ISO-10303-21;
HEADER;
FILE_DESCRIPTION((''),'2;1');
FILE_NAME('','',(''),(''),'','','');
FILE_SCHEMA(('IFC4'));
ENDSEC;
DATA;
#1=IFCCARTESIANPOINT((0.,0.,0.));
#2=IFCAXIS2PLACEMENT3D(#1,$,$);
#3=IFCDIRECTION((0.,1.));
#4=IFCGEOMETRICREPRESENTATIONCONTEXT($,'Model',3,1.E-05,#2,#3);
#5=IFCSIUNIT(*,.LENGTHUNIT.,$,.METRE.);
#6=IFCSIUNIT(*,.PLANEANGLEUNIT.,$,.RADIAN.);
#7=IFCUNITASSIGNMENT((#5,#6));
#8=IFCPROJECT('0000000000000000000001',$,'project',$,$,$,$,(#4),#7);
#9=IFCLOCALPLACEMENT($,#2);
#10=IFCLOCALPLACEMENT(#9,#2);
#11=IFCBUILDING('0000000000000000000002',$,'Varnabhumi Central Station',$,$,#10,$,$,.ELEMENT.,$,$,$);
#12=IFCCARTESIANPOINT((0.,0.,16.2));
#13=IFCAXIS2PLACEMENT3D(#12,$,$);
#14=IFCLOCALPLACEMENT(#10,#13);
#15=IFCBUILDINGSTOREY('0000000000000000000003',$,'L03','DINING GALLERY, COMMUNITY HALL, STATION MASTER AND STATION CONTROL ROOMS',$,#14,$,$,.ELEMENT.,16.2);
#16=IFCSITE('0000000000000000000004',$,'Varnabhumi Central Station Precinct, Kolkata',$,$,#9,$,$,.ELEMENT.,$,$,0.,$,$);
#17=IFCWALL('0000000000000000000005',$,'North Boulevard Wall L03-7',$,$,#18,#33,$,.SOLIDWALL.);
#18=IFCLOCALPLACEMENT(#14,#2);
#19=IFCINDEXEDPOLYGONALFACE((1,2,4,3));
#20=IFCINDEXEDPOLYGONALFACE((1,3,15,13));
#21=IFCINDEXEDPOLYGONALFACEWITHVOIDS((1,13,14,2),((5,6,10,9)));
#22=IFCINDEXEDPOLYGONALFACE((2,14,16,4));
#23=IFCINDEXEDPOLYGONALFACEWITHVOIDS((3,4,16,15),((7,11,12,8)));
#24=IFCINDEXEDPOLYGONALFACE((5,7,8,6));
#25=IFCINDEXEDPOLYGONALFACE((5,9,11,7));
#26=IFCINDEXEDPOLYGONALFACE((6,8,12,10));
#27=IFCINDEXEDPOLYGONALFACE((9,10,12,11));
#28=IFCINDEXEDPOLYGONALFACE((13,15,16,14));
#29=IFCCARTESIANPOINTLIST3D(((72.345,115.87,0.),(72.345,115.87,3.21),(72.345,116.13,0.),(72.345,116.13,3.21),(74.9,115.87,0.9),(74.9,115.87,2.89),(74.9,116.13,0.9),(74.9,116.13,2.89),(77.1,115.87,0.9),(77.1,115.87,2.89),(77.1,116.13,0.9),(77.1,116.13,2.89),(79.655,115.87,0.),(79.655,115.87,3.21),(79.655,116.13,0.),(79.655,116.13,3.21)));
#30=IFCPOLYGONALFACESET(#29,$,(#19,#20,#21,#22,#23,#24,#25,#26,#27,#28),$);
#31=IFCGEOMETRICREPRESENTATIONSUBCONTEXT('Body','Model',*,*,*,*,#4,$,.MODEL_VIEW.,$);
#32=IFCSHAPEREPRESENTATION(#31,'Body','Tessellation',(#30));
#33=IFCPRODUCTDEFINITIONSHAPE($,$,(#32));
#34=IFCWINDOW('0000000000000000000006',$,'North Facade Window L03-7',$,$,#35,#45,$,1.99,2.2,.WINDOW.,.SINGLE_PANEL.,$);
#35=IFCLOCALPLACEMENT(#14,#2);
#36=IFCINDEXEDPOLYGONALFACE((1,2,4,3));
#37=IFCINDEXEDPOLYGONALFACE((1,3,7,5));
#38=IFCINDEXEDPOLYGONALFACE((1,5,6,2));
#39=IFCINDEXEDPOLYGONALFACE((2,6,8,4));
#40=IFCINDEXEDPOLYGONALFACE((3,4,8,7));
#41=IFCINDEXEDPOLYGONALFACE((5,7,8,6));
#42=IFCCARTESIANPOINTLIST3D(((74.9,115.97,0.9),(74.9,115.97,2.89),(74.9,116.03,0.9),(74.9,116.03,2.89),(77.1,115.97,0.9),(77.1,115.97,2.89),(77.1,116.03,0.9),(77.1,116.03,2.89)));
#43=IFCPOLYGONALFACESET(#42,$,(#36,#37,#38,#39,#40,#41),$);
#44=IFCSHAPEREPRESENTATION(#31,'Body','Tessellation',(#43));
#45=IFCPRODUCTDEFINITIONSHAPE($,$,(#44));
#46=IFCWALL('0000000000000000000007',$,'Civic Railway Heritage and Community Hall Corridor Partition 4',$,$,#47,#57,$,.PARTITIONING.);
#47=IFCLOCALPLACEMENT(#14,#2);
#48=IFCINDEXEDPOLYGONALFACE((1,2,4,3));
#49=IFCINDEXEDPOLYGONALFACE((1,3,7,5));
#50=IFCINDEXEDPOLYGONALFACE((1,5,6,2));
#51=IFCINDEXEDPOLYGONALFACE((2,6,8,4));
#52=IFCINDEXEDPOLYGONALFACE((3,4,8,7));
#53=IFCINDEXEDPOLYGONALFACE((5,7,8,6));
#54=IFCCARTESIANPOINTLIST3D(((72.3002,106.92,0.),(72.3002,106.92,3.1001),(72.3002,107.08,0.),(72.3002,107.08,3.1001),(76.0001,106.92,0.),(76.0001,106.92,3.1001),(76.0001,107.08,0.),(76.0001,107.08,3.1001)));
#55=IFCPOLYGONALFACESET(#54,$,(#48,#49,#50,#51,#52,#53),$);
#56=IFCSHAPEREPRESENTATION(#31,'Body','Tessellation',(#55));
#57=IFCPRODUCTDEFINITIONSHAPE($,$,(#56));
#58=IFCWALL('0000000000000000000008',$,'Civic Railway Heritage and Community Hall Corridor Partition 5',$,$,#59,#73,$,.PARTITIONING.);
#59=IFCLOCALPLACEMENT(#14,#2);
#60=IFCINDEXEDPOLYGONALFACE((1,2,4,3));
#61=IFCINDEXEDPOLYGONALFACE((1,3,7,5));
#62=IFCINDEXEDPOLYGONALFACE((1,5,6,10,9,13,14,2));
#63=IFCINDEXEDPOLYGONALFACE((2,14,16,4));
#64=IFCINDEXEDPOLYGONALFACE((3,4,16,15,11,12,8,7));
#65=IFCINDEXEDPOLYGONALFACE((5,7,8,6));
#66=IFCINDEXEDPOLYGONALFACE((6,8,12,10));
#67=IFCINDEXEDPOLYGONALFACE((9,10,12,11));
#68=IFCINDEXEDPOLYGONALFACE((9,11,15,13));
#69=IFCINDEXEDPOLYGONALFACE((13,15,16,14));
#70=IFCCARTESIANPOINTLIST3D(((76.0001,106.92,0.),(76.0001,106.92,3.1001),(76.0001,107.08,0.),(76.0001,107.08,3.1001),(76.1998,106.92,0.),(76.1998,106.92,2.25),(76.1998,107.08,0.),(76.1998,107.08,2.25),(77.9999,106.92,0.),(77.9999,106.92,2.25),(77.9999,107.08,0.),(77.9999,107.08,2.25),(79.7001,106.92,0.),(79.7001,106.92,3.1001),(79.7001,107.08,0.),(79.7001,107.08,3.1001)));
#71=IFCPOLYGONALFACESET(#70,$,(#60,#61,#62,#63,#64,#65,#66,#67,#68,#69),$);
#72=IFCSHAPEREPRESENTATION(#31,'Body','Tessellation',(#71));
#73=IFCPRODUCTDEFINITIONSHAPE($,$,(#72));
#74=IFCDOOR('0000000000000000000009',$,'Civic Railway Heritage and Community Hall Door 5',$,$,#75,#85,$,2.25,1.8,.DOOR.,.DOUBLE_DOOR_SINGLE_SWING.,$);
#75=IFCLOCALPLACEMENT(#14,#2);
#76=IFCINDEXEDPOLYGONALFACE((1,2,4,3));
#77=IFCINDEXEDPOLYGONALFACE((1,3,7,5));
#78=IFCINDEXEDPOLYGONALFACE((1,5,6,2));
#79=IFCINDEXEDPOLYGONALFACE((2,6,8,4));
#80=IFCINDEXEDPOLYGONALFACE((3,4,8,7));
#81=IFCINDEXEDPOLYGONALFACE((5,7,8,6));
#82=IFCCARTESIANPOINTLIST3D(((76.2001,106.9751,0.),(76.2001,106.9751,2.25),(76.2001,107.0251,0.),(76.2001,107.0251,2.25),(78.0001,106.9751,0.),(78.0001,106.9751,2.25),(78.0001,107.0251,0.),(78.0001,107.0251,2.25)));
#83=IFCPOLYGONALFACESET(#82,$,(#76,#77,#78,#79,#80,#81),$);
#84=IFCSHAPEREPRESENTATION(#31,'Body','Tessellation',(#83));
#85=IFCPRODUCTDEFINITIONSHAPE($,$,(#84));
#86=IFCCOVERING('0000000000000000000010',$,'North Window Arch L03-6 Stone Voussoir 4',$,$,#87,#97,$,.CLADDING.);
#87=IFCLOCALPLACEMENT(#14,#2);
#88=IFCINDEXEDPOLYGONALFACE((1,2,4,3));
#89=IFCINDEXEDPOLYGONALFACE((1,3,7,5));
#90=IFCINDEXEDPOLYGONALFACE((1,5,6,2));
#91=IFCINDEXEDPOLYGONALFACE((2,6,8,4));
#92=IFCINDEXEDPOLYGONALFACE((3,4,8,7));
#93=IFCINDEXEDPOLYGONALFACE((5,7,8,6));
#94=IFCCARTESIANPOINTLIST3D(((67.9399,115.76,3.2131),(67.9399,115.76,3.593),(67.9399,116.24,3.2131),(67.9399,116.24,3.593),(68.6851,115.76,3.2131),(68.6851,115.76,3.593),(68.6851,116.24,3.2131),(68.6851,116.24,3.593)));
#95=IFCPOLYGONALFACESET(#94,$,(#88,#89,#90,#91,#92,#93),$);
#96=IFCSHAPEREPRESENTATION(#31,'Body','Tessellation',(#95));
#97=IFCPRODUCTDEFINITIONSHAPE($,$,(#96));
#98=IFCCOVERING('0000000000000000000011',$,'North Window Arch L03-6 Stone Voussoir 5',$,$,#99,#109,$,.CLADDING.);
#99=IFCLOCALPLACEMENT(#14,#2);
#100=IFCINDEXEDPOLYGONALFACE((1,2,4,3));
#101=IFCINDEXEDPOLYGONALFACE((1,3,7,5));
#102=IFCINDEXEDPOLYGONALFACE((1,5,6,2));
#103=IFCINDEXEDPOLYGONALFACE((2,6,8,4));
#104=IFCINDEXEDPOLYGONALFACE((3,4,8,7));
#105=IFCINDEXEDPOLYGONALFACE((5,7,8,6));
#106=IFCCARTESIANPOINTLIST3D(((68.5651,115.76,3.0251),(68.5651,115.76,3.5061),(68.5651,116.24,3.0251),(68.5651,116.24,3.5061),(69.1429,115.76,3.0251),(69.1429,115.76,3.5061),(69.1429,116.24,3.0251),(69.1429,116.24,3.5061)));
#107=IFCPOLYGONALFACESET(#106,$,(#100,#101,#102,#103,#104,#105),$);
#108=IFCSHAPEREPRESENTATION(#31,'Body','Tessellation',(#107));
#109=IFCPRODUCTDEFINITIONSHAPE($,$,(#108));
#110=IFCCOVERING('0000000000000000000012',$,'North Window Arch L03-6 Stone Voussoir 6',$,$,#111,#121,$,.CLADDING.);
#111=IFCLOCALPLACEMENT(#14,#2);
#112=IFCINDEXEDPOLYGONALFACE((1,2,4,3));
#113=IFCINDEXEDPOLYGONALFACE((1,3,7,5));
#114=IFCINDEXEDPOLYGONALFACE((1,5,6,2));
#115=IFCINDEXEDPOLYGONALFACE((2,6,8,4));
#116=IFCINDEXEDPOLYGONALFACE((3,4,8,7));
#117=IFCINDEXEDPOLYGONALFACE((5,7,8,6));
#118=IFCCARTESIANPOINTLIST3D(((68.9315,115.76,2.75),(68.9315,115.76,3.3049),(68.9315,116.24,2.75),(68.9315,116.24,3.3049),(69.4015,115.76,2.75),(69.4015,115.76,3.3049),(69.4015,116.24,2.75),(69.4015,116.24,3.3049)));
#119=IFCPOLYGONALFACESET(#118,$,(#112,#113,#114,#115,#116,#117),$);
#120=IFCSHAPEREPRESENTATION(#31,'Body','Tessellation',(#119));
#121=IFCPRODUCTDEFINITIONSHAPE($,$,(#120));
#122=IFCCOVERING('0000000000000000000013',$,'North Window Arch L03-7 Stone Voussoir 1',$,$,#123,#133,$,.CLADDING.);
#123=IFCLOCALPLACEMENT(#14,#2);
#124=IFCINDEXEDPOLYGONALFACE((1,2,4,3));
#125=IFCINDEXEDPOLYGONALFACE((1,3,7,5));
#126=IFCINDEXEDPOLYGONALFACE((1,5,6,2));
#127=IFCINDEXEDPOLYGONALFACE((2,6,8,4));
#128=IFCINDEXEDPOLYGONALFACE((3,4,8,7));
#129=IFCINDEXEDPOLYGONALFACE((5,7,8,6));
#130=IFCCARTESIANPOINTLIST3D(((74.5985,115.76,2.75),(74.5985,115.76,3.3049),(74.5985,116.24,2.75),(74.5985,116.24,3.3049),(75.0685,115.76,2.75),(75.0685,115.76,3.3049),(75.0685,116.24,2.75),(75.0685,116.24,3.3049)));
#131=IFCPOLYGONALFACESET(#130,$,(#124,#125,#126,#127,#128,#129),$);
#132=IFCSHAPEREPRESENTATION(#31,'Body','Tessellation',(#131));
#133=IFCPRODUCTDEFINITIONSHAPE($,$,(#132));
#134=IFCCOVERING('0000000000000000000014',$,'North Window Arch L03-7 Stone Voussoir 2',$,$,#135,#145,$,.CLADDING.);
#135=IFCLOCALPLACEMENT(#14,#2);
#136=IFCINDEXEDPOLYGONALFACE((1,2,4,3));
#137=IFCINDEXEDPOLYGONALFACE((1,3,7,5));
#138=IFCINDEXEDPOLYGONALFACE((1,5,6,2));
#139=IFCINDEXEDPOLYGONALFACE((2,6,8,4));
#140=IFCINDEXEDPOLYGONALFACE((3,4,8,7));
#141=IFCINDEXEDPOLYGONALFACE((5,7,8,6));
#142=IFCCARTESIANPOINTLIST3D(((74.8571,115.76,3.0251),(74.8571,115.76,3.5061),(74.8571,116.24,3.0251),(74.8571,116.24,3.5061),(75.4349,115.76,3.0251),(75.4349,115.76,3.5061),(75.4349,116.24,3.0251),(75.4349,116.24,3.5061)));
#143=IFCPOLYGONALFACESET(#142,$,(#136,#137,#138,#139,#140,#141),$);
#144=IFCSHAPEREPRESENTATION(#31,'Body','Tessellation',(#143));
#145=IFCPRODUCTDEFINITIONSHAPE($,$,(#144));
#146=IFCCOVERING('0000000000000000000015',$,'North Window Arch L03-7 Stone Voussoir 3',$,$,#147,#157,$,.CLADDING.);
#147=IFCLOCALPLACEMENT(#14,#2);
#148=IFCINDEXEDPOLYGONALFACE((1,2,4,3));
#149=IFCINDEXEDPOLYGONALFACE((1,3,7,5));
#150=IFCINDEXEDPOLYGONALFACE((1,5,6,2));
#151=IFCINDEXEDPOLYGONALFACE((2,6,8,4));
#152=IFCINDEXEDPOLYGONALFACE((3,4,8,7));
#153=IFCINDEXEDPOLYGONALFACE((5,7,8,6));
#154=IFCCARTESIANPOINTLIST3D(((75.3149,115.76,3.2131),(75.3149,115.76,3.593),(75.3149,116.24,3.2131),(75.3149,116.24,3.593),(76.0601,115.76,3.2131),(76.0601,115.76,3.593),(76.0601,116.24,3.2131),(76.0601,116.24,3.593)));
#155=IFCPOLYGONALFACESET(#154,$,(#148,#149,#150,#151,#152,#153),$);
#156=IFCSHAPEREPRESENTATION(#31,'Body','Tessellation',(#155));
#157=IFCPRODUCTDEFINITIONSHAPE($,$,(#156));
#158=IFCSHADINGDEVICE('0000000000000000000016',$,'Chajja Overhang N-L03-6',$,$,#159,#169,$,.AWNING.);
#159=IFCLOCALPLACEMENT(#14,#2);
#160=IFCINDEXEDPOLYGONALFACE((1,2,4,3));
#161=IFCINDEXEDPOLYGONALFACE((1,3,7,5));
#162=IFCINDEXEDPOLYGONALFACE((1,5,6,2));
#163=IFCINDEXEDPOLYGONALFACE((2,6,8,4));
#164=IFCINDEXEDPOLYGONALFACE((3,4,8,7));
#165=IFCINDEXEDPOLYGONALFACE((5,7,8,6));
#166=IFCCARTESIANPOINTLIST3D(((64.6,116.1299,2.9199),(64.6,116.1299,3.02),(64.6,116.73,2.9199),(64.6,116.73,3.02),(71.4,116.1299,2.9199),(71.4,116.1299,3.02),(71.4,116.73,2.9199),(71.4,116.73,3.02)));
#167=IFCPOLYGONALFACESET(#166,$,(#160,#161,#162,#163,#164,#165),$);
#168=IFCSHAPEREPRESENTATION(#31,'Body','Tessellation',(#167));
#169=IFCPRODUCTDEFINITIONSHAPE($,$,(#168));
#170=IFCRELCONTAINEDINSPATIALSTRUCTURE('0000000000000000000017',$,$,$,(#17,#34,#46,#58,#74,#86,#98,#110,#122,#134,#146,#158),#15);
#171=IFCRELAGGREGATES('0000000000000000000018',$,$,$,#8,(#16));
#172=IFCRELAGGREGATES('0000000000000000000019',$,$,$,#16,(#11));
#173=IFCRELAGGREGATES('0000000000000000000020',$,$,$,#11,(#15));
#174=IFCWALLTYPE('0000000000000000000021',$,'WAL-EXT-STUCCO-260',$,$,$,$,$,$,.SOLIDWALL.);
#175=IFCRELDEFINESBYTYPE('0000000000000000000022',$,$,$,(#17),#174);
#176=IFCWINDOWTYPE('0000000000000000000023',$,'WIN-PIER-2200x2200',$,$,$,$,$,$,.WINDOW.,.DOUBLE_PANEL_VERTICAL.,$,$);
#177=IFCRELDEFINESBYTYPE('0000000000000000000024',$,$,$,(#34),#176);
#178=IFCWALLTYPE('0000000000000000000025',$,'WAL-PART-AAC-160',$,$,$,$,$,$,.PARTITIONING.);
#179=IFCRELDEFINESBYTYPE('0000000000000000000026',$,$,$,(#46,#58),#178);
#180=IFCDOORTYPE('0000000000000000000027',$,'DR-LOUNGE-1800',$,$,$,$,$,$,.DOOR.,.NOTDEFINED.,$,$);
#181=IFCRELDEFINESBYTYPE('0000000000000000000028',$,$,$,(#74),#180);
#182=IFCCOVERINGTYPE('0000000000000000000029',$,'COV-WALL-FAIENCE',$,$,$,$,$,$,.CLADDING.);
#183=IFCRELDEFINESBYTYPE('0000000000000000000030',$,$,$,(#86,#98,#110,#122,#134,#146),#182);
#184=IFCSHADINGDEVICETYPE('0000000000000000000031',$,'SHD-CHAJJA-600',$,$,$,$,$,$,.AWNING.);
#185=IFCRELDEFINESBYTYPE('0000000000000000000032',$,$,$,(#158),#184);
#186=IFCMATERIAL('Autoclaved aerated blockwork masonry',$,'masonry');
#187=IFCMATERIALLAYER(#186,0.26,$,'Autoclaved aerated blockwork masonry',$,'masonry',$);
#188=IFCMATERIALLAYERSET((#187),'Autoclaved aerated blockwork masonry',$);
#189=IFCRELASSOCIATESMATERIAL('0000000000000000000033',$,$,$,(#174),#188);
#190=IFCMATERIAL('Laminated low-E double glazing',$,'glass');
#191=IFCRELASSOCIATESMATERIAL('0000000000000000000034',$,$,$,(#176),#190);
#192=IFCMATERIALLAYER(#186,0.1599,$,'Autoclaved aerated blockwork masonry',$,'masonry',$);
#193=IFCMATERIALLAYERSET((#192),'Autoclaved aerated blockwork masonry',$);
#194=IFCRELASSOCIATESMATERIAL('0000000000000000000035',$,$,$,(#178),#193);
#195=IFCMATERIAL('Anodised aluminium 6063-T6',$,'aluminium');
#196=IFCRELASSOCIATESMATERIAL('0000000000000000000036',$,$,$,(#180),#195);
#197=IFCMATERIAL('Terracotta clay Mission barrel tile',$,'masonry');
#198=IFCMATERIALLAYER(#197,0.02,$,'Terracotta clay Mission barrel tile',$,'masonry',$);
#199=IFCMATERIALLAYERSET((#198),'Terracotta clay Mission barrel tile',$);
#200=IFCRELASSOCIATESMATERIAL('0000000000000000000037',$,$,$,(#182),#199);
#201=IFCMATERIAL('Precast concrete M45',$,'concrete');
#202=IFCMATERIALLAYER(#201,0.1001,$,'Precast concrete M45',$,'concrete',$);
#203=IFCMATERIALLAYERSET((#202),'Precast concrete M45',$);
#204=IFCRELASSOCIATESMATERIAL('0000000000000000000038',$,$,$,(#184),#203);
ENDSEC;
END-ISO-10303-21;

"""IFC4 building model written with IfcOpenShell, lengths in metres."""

from ifc_helpers import new_model, si_unit, direction, frame, frame_2d, origin, origin_2d, place, context, subcontext, project, spatial, rectangle, extrude, material, layer, layer_set, type_object, element, fill, save


model = new_model("IFC4")

# Units and contexts
model_context = context("Model", 3, precision=1e-05, world=origin(), true_north=direction((0.0, 1.0)))
body_context = subcontext(model_context, "Body", "Model", "MODEL_VIEW")
ifc_project = project(units=[si_unit("LENGTHUNIT", "METRE"), si_unit("PLANEANGLEUNIT", "RADIAN")], contexts=[model_context])

# Site, building, storey
site_placement = place(None, origin())
site = spatial("IfcSite", under=ifc_project, at=site_placement, Name="Varnabhumi Central Station Precinct, Kolkata", CompositionType="ELEMENT", RefElevation=0.0)
building_placement = place(site_placement, origin())
building = spatial("IfcBuilding", under=site, at=building_placement, Name="Varnabhumi Central Station", CompositionType="ELEMENT")
storey_placement = place(building_placement, frame((0.0, 0.0, 16.2)))
storey = spatial("IfcBuildingStorey", under=building, at=storey_placement, Name="L03", Description="DINING GALLERY, COMMUNITY HALL, STATION MASTER AND STATION CONTROL ROOMS", CompositionType="ELEMENT", Elevation=16.2)

# Shared definitions
ifc_material_1 = material(Name="Anodised aluminium 6063-T6", Category="aluminium")

# Shared definitions
ifc_material_2 = material(Name="Laminated low-E double glazing", Category="glass")

# Wall, opening, window
ifc_material_3 = material(Name="Autoclaved aerated blockwork masonry", Category="masonry")
ifc_layer_1 = layer(ifc_material_3, 0.26, Name="Autoclaved aerated blockwork masonry", Category="masonry")
ifc_layer_set_1 = layer_set([ifc_layer_1], Name="Autoclaved aerated blockwork masonry")
wall_type_1 = type_object("IfcWallType", Name="WAL-EXT-STUCCO-260", PredefinedType="SOLIDWALL", material=ifc_layer_set_1)
wall_1_placement = place(storey_placement, frame((72.345, 116.0, 0.0), z_axis=(0.0, 0.0, 1.0), x_axis=(1.0, 0.0, 0.0)))
wall_1 = element("IfcWall", 1, at=wall_1_placement, inside=storey, type_object=wall_type_1, Name="North Boulevard Wall L03-7", PredefinedType="SOLIDWALL", context=body_context, shape_type="SweptSolid", body=[
    extrude(rectangle(XDim=7.3101, YDim=0.26, at=frame_2d((3.655, 0.0))), origin(), (0.0, 0.0, 1.0), 3.21),
])
opening_1_placement = place(wall_1_placement, frame((2.5549, 0.0, 0.8999)))
opening_1 = element("IfcOpeningElement", 2, at=opening_1_placement, cuts=wall_1, PredefinedType="OPENING", context=body_context, shape_type="SweptSolid", body=[
    extrude(rectangle(XDim=2.2, YDim=1.99, at=frame_2d((1.1001, 0.9951))), frame((0.0, 0.1399, 0.0), z_axis=(0.0, -1.0, 0.0), x_axis=(1.0, 0.0, 0.0)), (0.0, 0.0, 1.0), 0.28),
])
window_type = type_object("IfcWindowType", Name="WIN-PIER-2200x2200", PartitioningType="DOUBLE_PANEL_VERTICAL", PredefinedType="WINDOW", material=ifc_material_2)
window_placement = place(opening_1_placement, origin())
window = element("IfcWindow", 3, at=window_placement, inside=storey, type_object=window_type, Name="North Facade Window L03-7", OverallHeight=1.99, OverallWidth=2.2, PartitioningType="SINGLE_PANEL", PredefinedType="WINDOW", context=body_context, shape_type="SweptSolid", body=[
    extrude(rectangle(XDim=2.2, YDim=1.99, at=frame_2d((1.1001, 0.9951))), frame((0.0, 0.03, 0.0), z_axis=(0.0, -1.0, 0.0), x_axis=(1.0, 0.0, 0.0)), (0.0, 0.0, 1.0), 0.0601),
])
fill(opening_1, window)

# Wall
ifc_layer_2 = layer(ifc_material_3, 0.1599, Name="Autoclaved aerated blockwork masonry", Category="masonry")
ifc_layer_set_2 = layer_set([ifc_layer_2], Name="Autoclaved aerated blockwork masonry")
wall_type_2 = type_object("IfcWallType", Name="WAL-PART-AAC-160", PredefinedType="PARTITIONING", material=ifc_layer_set_2)
wall_2_placement = place(storey_placement, frame((72.3, 107.0, 0.0), z_axis=(0.0, 0.0, 1.0), x_axis=(1.0, 0.0, 0.0)))
element("IfcWall", 4, at=wall_2_placement, inside=storey, type_object=wall_type_2, Name="Civic Railway Heritage and Community Hall Corridor Partition 4", PredefinedType="PARTITIONING", context=body_context, shape_type="SweptSolid", body=[
    extrude(rectangle(XDim=3.7, YDim=0.1599, at=frame_2d((1.8501, 0.0))), origin(), (0.0, 0.0, 1.0), 3.1001),
])

# Wall, opening, door
wall_3_placement = place(storey_placement, frame((76.0, 107.0, 0.0), z_axis=(0.0, 0.0, 1.0), x_axis=(1.0, 0.0, 0.0)))
wall_3 = element("IfcWall", 5, at=wall_3_placement, inside=storey, type_object=wall_type_2, Name="Civic Railway Heritage and Community Hall Corridor Partition 5", PredefinedType="PARTITIONING", context=body_context, shape_type="SweptSolid", body=[
    extrude(rectangle(XDim=3.7, YDim=0.1599, at=frame_2d((1.8501, 0.0))), origin(), (0.0, 0.0, 1.0), 3.1001),
])
opening_2_placement = place(wall_3_placement, frame((0.2, 0.0, 0.0)))
opening_2 = element("IfcOpeningElement", 6, at=opening_2_placement, cuts=wall_3, PredefinedType="OPENING", context=body_context, shape_type="SweptSolid", body=[
    extrude(rectangle(XDim=1.8, YDim=2.25, at=frame_2d((0.8999, 1.125))), frame((0.0, 0.0898, 0.0), z_axis=(0.0, -1.0, 0.0), x_axis=(1.0, 0.0, 0.0)), (0.0, 0.0, 1.0), 0.1799),
])
door_type = type_object("IfcDoorType", Name="DR-LOUNGE-1800", OperationType="NOTDEFINED", PredefinedType="DOOR", material=ifc_material_1)
door_placement = place(opening_2_placement, frame((1.8, 0.0, 0.0), z_axis=(0.0, 0.0, 1.0), x_axis=(-1.0, 0.0, 0.0)))
door = element("IfcDoor", 7, at=door_placement, inside=storey, type_object=door_type, Name="Civic Railway Heritage and Community Hall Door 5", OperationType="DOUBLE_DOOR_SINGLE_SWING", OverallHeight=2.25, OverallWidth=1.8, PredefinedType="DOOR", context=body_context, shape_type="SweptSolid", body=[
    extrude(rectangle(XDim=1.8, YDim=2.25, at=frame_2d((0.8999, 1.125))), frame((0.0, 0.0249, 0.0), z_axis=(0.0, -1.0, 0.0), x_axis=(1.0, 0.0, 0.0)), (0.0, 0.0, 1.0), 0.05),
])
fill(opening_2, door)

# Coverings
ifc_material_4 = material(Name="Terracotta clay Mission barrel tile", Category="masonry")
ifc_layer_3 = layer(ifc_material_4, 0.02, Name="Terracotta clay Mission barrel tile", Category="masonry")
ifc_layer_set_3 = layer_set([ifc_layer_3], Name="Terracotta clay Mission barrel tile")
covering_type = type_object("IfcCoveringType", Name="COV-WALL-FAIENCE", PredefinedType="CLADDING", material=ifc_layer_set_3)
covering_1_placement = place(storey_placement, frame((68.3125, 116.0, 3.2131), z_axis=(0.0, 0.0, 1.0), x_axis=(1.0, 0.0, 0.0)))
element("IfcCovering", 8, at=covering_1_placement, inside=storey, type_object=covering_type, Name="North Window Arch L03-6 Stone Voussoir 4", PredefinedType="CLADDING", context=body_context, shape_type="SweptSolid", body=[
    extrude(rectangle(XDim=0.7451, YDim=0.48, at=origin_2d()), origin(), (0.0, 0.0, 1.0), 0.3799),
])
covering_2_placement = place(storey_placement, frame((68.854, 116.0, 3.0251), z_axis=(0.0, 0.0, 1.0), x_axis=(1.0, 0.0, 0.0)))
element("IfcCovering", 9, at=covering_2_placement, inside=storey, type_object=covering_type, Name="North Window Arch L03-6 Stone Voussoir 5", PredefinedType="CLADDING", context=body_context, shape_type="SweptSolid", body=[
    extrude(rectangle(XDim=0.5779, YDim=0.48, at=origin_2d()), origin(), (0.0, 0.0, 1.0), 0.481),
])
for number, where, z_axis, x_axis, name in (
    (10, (69.1665, 116.0, 2.75), (0.0, 0.0, 1.0), (1.0, 0.0, 0.0), "North Window Arch L03-6 Stone Voussoir 6"),
    (11, (74.8335, 116.0, 2.75), (0.0, 0.0, 1.0), (1.0, 0.0, 0.0), "North Window Arch L03-7 Stone Voussoir 1"),
):
    element("IfcCovering", number, at=place(storey_placement, frame(where, z_axis=z_axis, x_axis=x_axis)), inside=storey, type_object=covering_type, Name=name, PredefinedType="CLADDING", context=body_context, shape_type="SweptSolid", body=[
        extrude(rectangle(XDim=0.47, YDim=0.48, at=origin_2d()), origin(), (0.0, 0.0, 1.0), 0.5549),
    ])
covering_3_placement = place(storey_placement, frame((75.146, 116.0, 3.0251), z_axis=(0.0, 0.0, 1.0), x_axis=(1.0, 0.0, 0.0)))
element("IfcCovering", 12, at=covering_3_placement, inside=storey, type_object=covering_type, Name="North Window Arch L03-7 Stone Voussoir 2", PredefinedType="CLADDING", context=body_context, shape_type="SweptSolid", body=[
    extrude(rectangle(XDim=0.5779, YDim=0.48, at=origin_2d()), origin(), (0.0, 0.0, 1.0), 0.481),
])
covering_4_placement = place(storey_placement, frame((75.6875, 116.0, 3.2131), z_axis=(0.0, 0.0, 1.0), x_axis=(1.0, 0.0, 0.0)))
element("IfcCovering", 13, at=covering_4_placement, inside=storey, type_object=covering_type, Name="North Window Arch L03-7 Stone Voussoir 3", PredefinedType="CLADDING", context=body_context, shape_type="SweptSolid", body=[
    extrude(rectangle(XDim=0.7451, YDim=0.48, at=origin_2d()), origin(), (0.0, 0.0, 1.0), 0.3799),
])

# Shading device
ifc_material_5 = material(Name="Precast concrete M45", Category="concrete")
ifc_layer_4 = layer(ifc_material_5, 0.1001, Name="Precast concrete M45", Category="concrete")
ifc_layer_set_4 = layer_set([ifc_layer_4], Name="Precast concrete M45")
shading_device_type = type_object("IfcShadingDeviceType", Name="SHD-CHAJJA-600", PredefinedType="AWNING", material=ifc_layer_set_4)
shading_device_placement = place(storey_placement, frame((68.0, 116.4299, 2.9199), z_axis=(0.0, 0.0, 1.0), x_axis=(1.0, 0.0, 0.0)))
element("IfcShadingDevice", 14, at=shading_device_placement, inside=storey, type_object=shading_device_type, Name="Chajja Overhang N-L03-6", PredefinedType="AWNING", context=body_context, shape_type="SweptSolid", body=[
    extrude(rectangle(XDim=6.8, YDim=0.6001, at=origin_2d()), origin(), (0.0, 0.0, 1.0), 0.1001),
])

save(model, "model.ifc")
